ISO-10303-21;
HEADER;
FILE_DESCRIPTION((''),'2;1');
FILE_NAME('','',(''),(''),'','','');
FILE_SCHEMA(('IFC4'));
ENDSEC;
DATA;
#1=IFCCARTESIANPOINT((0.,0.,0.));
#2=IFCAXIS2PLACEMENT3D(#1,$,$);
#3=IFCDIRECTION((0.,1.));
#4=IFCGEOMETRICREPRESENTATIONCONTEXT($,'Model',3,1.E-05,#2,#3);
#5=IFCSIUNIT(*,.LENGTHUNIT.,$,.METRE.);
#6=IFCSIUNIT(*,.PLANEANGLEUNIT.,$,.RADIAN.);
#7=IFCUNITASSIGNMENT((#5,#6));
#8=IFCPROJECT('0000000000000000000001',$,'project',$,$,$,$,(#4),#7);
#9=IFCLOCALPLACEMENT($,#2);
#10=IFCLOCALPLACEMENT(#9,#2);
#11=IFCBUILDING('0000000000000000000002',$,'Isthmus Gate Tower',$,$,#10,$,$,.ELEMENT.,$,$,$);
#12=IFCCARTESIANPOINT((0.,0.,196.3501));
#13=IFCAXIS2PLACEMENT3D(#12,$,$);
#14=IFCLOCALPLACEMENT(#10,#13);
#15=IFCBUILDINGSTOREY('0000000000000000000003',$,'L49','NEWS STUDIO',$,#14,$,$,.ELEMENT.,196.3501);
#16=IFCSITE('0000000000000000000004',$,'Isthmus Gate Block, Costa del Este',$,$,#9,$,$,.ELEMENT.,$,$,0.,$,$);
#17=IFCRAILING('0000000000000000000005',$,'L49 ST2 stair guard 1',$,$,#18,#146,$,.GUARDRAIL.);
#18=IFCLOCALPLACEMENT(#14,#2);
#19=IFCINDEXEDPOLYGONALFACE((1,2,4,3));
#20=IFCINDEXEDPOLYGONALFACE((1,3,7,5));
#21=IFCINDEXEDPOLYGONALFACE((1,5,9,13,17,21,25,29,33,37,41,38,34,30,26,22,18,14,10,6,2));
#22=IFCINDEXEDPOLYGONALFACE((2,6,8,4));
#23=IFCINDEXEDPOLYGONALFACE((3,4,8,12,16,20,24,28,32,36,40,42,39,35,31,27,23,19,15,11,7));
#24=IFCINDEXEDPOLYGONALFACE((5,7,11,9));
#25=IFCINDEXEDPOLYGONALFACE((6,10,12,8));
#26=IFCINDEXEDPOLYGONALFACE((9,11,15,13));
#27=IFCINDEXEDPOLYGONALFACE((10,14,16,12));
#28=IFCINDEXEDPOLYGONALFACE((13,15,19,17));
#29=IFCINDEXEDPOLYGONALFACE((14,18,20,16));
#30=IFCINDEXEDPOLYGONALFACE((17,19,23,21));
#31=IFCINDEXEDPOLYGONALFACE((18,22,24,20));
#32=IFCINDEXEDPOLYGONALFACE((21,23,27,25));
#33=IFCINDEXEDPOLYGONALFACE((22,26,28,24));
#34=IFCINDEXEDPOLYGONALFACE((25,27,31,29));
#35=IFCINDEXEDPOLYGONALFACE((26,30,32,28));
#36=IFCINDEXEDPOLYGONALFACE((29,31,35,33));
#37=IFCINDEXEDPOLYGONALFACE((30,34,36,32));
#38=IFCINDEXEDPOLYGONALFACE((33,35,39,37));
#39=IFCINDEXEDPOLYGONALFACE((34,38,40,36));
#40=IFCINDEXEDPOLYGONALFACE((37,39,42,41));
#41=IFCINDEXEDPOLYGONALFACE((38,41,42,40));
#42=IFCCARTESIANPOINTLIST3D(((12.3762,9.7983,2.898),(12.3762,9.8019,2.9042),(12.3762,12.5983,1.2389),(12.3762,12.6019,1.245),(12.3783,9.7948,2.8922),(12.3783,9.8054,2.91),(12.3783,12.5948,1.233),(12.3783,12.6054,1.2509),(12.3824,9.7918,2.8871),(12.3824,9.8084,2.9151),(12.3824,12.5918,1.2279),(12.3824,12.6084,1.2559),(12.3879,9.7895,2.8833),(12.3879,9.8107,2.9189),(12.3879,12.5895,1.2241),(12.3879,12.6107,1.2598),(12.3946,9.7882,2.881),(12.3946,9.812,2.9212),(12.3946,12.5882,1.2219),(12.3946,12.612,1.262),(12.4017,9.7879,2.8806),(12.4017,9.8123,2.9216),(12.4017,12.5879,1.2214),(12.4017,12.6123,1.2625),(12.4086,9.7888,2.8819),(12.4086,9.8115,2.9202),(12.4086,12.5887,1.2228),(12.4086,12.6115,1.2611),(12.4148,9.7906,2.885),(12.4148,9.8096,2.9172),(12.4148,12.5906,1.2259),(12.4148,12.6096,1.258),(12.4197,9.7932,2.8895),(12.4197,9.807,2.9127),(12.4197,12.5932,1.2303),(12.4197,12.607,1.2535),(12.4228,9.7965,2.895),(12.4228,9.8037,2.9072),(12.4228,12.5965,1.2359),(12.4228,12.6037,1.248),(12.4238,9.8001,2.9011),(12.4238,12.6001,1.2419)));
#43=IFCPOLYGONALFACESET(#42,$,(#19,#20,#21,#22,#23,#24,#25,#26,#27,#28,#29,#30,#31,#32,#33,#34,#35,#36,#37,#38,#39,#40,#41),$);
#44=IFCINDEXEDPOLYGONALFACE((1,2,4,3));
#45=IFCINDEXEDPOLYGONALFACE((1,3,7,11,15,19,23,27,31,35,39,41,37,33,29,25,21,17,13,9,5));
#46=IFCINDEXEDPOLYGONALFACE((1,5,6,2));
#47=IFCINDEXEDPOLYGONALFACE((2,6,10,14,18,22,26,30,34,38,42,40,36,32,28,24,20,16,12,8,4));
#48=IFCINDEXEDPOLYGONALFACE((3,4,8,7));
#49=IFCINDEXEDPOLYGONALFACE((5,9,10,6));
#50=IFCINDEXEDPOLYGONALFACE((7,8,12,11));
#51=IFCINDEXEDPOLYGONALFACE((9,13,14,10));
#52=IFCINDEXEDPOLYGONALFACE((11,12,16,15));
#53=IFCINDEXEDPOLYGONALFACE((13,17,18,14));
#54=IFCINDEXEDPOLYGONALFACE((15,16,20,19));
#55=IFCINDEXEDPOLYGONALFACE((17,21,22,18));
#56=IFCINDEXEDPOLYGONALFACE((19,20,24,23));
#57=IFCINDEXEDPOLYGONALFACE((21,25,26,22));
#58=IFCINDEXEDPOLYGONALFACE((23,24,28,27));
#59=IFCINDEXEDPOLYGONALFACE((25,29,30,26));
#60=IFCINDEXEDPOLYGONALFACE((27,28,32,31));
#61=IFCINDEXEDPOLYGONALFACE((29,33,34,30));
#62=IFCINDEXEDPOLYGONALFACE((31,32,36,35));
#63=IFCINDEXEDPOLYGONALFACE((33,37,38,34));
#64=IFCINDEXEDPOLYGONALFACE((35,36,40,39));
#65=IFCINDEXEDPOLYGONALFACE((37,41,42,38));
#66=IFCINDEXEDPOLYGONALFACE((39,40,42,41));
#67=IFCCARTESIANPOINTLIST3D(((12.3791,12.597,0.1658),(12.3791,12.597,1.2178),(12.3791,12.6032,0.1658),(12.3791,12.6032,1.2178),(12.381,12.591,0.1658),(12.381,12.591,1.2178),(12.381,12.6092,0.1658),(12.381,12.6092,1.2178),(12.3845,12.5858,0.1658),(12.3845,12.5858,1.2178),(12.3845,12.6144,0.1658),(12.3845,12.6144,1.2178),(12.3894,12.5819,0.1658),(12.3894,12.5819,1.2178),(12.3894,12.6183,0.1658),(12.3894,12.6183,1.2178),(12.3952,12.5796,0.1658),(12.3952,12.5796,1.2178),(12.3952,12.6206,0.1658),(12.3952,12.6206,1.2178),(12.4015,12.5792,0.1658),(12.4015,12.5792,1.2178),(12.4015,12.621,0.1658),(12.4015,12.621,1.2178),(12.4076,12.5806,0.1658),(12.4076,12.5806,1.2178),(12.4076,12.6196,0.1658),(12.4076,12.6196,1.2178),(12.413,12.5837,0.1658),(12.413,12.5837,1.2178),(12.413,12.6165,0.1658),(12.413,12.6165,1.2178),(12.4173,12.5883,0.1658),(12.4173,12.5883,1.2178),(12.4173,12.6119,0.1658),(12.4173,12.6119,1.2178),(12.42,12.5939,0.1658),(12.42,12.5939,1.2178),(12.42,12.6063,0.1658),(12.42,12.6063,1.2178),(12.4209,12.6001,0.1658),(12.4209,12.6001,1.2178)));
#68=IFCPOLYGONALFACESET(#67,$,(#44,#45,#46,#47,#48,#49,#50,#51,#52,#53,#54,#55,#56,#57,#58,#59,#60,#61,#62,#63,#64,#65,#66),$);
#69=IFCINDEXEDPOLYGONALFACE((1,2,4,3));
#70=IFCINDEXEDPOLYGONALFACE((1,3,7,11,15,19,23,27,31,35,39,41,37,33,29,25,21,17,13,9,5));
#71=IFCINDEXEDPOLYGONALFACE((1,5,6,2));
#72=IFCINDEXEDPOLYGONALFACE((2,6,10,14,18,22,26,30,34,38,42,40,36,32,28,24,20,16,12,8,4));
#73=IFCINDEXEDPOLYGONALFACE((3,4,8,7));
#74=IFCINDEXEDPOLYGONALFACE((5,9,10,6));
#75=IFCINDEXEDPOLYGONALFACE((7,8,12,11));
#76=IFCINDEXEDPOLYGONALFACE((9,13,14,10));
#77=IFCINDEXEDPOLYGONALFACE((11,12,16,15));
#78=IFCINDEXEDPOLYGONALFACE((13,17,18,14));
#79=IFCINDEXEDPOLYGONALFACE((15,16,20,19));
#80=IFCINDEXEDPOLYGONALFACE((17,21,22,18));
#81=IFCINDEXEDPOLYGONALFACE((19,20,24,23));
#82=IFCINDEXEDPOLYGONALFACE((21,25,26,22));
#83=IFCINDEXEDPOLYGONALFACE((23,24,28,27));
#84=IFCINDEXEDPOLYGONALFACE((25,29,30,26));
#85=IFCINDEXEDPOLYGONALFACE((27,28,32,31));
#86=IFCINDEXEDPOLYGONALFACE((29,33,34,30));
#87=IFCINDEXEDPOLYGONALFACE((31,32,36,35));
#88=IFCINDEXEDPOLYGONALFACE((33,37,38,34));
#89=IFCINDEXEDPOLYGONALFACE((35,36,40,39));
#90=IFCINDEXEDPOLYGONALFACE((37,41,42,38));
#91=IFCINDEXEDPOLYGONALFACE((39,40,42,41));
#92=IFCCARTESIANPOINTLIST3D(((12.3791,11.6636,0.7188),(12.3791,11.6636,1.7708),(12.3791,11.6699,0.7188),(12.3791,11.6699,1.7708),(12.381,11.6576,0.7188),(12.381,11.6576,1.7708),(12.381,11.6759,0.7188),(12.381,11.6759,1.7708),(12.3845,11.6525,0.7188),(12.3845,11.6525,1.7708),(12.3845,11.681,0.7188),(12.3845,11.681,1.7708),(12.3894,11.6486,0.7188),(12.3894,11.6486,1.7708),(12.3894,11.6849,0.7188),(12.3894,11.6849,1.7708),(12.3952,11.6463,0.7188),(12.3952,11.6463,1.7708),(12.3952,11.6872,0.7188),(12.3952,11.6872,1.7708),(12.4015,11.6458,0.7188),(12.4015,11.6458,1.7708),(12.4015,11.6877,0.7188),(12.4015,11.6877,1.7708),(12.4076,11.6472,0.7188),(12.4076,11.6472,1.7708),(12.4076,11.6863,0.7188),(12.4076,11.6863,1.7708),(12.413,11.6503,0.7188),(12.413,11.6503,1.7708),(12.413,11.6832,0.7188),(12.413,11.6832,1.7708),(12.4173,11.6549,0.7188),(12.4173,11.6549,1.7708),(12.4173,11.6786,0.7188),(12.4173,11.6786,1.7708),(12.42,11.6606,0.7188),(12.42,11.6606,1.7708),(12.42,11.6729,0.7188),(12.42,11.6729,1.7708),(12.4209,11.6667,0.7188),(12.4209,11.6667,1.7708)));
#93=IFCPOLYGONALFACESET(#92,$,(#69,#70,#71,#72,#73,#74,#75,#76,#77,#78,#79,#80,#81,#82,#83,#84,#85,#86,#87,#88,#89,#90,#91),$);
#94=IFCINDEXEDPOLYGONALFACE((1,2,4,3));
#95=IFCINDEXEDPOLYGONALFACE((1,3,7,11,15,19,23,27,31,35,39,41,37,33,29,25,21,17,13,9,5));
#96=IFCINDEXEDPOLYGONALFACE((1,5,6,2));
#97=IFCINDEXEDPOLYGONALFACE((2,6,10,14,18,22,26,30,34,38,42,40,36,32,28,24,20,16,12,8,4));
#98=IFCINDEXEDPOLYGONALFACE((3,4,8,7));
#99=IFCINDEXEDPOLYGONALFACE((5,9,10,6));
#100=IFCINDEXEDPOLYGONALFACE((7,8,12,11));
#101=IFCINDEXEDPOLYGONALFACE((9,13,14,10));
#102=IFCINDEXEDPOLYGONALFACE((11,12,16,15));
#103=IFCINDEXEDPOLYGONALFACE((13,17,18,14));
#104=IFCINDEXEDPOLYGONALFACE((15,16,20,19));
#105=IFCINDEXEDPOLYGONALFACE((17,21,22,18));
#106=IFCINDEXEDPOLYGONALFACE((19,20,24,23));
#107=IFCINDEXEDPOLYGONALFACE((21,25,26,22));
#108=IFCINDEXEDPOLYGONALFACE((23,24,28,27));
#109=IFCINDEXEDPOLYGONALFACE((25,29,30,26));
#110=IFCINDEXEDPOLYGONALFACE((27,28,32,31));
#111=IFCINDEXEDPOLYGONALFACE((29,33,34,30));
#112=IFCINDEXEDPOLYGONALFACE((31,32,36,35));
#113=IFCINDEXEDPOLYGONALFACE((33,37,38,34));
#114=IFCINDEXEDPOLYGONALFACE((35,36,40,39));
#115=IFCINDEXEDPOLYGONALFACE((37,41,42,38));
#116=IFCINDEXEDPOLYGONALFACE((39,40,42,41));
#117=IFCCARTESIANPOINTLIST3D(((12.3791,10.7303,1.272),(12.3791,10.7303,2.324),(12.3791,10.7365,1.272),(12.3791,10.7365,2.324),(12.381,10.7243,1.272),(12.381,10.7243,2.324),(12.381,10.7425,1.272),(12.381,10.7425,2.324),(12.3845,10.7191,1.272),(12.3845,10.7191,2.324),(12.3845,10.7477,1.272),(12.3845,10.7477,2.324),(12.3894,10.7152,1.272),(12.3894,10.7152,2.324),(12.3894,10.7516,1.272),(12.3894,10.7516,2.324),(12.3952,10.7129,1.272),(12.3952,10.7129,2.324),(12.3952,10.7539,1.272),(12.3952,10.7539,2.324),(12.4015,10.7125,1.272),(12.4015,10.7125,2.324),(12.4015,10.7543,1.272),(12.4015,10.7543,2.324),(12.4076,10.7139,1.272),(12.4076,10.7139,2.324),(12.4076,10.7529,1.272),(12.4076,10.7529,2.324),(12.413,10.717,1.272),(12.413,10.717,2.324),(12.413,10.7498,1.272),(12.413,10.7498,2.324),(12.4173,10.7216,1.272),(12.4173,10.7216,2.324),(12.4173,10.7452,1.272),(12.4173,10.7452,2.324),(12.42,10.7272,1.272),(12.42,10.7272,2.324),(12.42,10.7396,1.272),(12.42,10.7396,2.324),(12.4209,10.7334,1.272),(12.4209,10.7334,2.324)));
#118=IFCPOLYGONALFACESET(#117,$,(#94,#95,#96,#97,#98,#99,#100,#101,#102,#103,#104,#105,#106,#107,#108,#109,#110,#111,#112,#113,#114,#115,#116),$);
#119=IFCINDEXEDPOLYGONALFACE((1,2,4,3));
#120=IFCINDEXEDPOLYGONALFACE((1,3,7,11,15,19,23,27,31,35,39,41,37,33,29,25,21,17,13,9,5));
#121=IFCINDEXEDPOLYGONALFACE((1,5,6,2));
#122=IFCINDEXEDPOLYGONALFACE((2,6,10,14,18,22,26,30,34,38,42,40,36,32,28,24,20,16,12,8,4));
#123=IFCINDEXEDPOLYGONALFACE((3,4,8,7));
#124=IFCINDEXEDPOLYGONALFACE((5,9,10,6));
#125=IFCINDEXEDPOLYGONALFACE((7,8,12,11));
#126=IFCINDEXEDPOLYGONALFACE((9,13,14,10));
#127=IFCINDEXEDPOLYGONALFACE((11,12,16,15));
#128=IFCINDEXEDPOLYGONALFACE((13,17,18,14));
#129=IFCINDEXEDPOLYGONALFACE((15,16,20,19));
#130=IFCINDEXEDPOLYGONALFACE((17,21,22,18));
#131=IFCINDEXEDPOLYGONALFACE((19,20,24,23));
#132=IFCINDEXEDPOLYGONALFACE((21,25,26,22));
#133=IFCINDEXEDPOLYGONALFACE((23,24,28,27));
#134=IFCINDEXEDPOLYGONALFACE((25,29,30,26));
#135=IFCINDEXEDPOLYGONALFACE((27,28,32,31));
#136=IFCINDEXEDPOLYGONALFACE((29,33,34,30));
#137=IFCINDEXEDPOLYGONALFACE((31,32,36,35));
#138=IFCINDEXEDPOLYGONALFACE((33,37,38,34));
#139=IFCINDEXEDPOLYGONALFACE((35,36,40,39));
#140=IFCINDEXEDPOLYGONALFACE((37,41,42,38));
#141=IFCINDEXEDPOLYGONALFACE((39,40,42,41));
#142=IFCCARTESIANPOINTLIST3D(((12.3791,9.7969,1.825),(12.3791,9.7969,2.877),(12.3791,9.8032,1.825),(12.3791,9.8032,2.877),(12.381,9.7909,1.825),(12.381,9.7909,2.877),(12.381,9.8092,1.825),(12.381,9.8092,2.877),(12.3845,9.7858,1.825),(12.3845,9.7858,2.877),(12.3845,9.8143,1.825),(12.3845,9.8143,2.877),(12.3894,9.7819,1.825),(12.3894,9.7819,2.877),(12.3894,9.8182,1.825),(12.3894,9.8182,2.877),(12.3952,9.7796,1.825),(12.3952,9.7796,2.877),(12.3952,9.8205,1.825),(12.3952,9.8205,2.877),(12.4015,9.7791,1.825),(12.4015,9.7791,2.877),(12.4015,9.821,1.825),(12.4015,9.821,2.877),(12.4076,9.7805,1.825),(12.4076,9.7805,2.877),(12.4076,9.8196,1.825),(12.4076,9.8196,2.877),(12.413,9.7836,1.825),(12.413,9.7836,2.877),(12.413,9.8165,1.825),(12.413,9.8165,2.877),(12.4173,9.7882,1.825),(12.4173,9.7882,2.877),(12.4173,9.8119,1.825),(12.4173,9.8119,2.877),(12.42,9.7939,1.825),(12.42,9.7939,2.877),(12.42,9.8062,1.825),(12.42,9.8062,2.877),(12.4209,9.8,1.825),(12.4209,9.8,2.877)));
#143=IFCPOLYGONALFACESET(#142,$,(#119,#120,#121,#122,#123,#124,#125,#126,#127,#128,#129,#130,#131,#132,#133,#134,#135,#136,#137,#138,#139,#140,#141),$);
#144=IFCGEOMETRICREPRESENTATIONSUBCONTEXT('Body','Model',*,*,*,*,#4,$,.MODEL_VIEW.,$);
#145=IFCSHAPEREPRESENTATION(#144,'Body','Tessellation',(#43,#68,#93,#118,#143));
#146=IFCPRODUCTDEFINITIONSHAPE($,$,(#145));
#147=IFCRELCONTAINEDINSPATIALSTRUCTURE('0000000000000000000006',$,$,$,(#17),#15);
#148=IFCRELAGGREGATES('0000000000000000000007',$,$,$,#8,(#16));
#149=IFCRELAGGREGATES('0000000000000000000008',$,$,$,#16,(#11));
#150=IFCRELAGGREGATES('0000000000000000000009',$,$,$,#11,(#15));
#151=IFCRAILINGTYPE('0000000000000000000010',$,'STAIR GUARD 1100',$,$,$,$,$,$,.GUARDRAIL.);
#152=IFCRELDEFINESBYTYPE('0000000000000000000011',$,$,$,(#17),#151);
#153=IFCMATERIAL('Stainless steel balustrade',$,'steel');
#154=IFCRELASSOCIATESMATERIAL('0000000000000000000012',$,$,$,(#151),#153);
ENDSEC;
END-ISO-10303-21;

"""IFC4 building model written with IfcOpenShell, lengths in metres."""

from ifc_helpers import new_model, si_unit, direction, frame, origin, origin_2d, place, context, subcontext, project, spatial, circle, extrude, material, type_object, element, save


model = new_model("IFC4")

# Units and contexts
model_context = context("Model", 3, precision=1e-05, world=origin(), true_north=direction((0.0, 1.0)))
body_context = subcontext(model_context, "Body", "Model", "MODEL_VIEW")
ifc_project = project(units=[si_unit("LENGTHUNIT", "METRE"), si_unit("PLANEANGLEUNIT", "RADIAN")], contexts=[model_context])

# Site, building, storey
site_placement = place(None, origin())
site = spatial("IfcSite", under=ifc_project, at=site_placement, Name="Isthmus Gate Block, Costa del Este", CompositionType="ELEMENT", RefElevation=0.0)
building_placement = place(site_placement, origin())
building = spatial("IfcBuilding", under=site, at=building_placement, Name="Isthmus Gate Tower", CompositionType="ELEMENT")
storey_placement = place(building_placement, frame((0.0, 0.0, 196.3501)))
storey = spatial("IfcBuildingStorey", under=building, at=storey_placement, Name="L49", Description="NEWS STUDIO", CompositionType="ELEMENT", Elevation=196.3501)

# Railing
ifc_material_1 = material(Name="Stainless steel balustrade", Category="steel")
railing_type_1 = type_object("IfcRailingType", Name="STAIR GUARD 1100", PredefinedType="GUARDRAIL", material=ifc_material_1)
railing_1_placement = place(storey_placement, frame((12.3999, 12.6001, 0.1658)))
element("IfcRailing", 1, at=railing_1_placement, inside=storey, type_object=railing_type_1, Name="L49 ST2 stair guard 1", PredefinedType="GUARDRAIL", context=body_context, shape_type="SweptSolid", body=[
    extrude(circle(Radius=0.0239, at=origin_2d()), frame((0.0, 0.0, 1.0762), z_axis=(0.0, -0.860306, 0.509778), x_axis=(1.0, 0.0, 0.0)), (0.0, 0.0, 1.0), 3.2546),
    extrude(circle(Radius=0.021, at=origin_2d()), origin(), (0.0, 0.0, 1.0), 1.052),
    extrude(circle(Radius=0.021, at=origin_2d()), frame((0.0, -0.9333, 0.553)), (0.0, 0.0, 1.0), 1.052),
    extrude(circle(Radius=0.021, at=origin_2d()), frame((0.0, -1.8667, 1.1062)), (0.0, 0.0, 1.0), 1.052),
    extrude(circle(Radius=0.021, at=origin_2d()), frame((0.0, -2.8, 1.6592)), (0.0, 0.0, 1.0), 1.052),
])

save(model, "model.ifc")
